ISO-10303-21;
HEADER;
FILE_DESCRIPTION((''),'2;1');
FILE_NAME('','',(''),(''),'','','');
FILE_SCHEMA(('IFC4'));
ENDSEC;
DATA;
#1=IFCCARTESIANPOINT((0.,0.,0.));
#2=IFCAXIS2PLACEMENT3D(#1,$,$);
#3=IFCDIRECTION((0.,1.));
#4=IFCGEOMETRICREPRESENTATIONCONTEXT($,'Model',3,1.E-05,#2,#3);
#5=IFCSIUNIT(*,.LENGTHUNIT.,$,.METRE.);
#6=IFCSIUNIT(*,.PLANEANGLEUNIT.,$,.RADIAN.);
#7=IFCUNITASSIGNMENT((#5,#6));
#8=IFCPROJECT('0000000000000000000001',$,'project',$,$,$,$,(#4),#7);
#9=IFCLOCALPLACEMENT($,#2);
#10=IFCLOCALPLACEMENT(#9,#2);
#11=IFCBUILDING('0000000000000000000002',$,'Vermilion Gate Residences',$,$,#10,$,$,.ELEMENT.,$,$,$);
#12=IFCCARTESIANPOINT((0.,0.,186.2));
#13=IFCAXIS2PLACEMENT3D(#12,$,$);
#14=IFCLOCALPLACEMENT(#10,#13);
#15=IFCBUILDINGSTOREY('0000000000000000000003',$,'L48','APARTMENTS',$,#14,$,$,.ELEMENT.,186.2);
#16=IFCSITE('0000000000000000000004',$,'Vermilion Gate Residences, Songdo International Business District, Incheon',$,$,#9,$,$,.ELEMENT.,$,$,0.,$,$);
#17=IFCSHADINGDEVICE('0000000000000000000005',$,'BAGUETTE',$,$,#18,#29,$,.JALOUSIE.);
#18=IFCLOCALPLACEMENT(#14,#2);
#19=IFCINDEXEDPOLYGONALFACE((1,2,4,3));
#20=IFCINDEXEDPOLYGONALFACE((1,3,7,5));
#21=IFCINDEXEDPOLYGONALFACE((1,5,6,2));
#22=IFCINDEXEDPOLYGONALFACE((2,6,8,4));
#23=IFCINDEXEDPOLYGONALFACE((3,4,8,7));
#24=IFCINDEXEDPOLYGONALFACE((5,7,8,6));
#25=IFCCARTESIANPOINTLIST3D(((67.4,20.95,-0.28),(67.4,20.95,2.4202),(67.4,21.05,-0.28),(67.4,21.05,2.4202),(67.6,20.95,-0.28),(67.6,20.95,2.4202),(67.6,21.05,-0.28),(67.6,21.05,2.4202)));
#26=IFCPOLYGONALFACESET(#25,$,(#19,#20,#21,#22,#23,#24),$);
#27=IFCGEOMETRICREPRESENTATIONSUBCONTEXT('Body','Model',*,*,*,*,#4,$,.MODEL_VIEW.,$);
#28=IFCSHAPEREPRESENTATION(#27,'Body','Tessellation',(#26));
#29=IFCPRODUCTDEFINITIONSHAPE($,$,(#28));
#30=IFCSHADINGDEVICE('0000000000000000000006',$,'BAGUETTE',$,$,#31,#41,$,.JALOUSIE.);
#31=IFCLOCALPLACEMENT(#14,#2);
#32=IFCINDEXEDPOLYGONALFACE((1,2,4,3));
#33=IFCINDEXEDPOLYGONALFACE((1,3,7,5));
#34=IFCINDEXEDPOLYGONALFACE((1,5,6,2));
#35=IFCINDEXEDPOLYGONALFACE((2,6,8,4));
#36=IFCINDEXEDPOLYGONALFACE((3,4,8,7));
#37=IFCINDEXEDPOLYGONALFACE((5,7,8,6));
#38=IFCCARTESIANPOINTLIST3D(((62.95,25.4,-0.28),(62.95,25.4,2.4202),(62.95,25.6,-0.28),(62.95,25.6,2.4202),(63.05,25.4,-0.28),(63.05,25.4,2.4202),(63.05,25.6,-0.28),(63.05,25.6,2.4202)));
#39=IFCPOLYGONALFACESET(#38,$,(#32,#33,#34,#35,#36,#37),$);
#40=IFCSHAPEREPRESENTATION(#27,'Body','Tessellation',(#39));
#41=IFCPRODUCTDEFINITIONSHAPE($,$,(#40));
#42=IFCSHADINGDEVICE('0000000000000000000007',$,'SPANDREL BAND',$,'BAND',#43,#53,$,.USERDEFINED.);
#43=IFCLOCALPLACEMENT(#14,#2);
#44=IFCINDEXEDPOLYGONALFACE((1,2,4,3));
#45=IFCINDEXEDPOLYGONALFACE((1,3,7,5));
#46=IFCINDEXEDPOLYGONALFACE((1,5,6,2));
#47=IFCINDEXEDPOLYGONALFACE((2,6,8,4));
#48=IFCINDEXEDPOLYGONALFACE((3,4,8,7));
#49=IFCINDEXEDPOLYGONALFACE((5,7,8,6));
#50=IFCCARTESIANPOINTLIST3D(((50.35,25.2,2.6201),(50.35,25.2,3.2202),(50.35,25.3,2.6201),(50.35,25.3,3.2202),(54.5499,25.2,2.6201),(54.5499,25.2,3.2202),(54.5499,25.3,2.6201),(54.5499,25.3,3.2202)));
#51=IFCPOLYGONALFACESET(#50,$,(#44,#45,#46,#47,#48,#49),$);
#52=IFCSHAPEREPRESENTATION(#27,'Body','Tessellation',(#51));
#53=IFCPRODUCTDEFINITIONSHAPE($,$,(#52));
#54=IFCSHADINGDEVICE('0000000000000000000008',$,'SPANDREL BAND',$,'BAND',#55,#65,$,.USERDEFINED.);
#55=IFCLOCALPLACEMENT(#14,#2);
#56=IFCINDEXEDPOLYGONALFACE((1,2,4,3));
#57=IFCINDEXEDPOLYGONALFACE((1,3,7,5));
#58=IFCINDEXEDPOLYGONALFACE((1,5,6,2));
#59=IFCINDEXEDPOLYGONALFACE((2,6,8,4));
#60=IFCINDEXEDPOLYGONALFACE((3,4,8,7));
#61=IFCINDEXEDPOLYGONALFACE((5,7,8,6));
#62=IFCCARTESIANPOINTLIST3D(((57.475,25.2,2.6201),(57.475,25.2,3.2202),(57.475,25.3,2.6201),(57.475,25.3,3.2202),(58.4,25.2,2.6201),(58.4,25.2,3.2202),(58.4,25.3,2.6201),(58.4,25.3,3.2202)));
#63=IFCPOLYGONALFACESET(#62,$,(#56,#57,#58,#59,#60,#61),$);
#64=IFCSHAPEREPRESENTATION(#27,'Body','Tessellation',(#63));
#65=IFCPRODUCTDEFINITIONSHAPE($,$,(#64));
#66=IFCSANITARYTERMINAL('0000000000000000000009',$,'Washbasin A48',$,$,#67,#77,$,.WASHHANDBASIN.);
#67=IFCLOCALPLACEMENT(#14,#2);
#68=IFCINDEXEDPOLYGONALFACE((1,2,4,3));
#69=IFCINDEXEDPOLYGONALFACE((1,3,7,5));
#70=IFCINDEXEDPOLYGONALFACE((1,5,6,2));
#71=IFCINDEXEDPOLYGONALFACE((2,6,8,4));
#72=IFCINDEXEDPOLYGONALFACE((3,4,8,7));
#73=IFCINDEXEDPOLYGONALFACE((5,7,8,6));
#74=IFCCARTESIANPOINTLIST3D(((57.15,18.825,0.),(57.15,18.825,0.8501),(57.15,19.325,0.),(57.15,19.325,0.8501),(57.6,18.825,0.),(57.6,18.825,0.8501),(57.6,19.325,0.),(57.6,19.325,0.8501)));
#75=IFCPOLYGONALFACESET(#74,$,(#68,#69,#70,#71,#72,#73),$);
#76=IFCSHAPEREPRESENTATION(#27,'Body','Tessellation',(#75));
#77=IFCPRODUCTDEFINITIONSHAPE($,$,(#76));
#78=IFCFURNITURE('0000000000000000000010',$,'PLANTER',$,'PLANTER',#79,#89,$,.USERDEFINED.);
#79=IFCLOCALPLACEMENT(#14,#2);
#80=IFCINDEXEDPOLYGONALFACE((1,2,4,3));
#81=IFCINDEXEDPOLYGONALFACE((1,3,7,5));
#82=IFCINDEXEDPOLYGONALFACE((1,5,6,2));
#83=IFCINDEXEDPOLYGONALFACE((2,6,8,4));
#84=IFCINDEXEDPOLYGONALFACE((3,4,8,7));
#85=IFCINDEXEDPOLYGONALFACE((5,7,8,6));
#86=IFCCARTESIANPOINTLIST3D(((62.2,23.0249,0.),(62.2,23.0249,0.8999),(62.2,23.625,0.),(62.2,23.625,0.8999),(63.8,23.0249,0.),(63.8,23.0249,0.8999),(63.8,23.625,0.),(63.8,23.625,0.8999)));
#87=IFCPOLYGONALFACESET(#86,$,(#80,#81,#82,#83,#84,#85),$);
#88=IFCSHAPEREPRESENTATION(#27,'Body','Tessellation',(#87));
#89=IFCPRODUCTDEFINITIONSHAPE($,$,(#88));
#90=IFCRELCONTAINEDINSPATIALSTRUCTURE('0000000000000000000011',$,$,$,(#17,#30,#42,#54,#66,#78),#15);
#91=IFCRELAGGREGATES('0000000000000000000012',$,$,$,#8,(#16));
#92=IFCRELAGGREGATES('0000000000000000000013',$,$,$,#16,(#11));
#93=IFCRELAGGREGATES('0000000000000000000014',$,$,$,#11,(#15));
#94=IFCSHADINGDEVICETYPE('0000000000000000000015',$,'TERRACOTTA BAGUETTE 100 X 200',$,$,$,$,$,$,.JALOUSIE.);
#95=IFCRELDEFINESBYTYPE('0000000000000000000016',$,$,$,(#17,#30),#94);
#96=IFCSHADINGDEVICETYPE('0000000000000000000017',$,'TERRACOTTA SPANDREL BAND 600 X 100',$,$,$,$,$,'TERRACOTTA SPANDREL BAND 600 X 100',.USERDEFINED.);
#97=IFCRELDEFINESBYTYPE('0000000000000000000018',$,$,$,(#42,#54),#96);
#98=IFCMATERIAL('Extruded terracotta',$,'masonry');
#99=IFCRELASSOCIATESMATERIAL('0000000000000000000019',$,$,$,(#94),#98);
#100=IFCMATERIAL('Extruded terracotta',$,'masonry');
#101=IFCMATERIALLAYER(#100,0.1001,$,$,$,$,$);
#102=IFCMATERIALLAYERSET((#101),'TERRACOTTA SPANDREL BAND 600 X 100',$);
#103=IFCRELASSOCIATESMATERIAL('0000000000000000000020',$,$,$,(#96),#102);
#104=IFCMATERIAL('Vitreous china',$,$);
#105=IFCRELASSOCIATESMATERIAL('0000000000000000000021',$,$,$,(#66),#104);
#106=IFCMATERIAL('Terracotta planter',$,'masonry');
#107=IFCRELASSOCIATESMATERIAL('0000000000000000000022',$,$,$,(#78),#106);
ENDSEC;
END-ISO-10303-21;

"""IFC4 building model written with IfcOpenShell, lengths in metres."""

from ifc_helpers import new_model, si_unit, direction, frame, origin, origin_2d, place, context, subcontext, project, spatial, rectangle, extrude, material, layer, layer_set, material_profile, profile_set, type_object, element, save


model = new_model("IFC4")

# Units and contexts
model_context = context("Model", 3, precision=1e-05, world=origin(), true_north=direction((0.0, 1.0)))
body_context = subcontext(model_context, "Body", "Model", "MODEL_VIEW")
ifc_project = project(units=[si_unit("LENGTHUNIT", "METRE"), si_unit("PLANEANGLEUNIT", "RADIAN")], contexts=[model_context])

# Site, building, storey
site_placement = place(None, origin())
site = spatial("IfcSite", under=ifc_project, at=site_placement, Name="Vermilion Gate Residences, Songdo International Business District, Incheon", CompositionType="ELEMENT", RefElevation=0.0)
building_placement = place(site_placement, origin())
building = spatial("IfcBuilding", under=site, at=building_placement, Name="Vermilion Gate Residences", CompositionType="ELEMENT")
storey_placement = place(building_placement, frame((0.0, 0.0, 186.2)))
storey = spatial("IfcBuildingStorey", under=building, at=storey_placement, Name="L48", Description="APARTMENTS", CompositionType="ELEMENT", Elevation=186.2)

# Shading devices
ifc_material_1 = material(Name="Extruded terracotta", Category="masonry")
ifc_material_profile_1 = material_profile(ifc_material_1, rectangle(XDim=0.2, YDim=0.1001, at=origin_2d()), Name="BAGUETTE 100 X 200")
ifc_profile_set_1 = profile_set([ifc_material_profile_1], Name="Extruded terracotta")
shading_device_type_1 = type_object("IfcShadingDeviceType", Name="TERRACOTTA BAGUETTE 100 X 200", PredefinedType="JALOUSIE", material=ifc_profile_set_1)
for number, where, z_axis, x_axis, name in (
    (1, (67.5, 21.0, -0.28), (0.0, 0.0, 1.0), (-1.0, 0.0, 0.0), "BAGUETTE"),
    (2, (63.0, 25.5, -0.28), (0.0, 0.0, 1.0), (0.0, -1.0, 0.0), "BAGUETTE"),
):
    element("IfcShadingDevice", number, at=place(storey_placement, frame(where, z_axis=z_axis, x_axis=x_axis)), inside=storey, type_object=shading_device_type_1, Name=name, PredefinedType="JALOUSIE", context=body_context, shape_type="SweptSolid", body=[
        extrude(rectangle(XDim=0.2, YDim=0.1001, at=origin_2d()), origin(), (0.0, 0.0, 1.0), 2.7002),
    ])
ifc_material_2 = material(Name="Extruded terracotta", Category="masonry")
ifc_layer_1 = layer(ifc_material_2, 0.1001)
ifc_layer_set_1 = layer_set([ifc_layer_1], Name="TERRACOTTA SPANDREL BAND 600 X 100")
shading_device_type_2 = type_object("IfcShadingDeviceType", Name="TERRACOTTA SPANDREL BAND 600 X 100", ElementType="TERRACOTTA SPANDREL BAND 600 X 100", PredefinedType="USERDEFINED", material=ifc_layer_set_1)
shading_device_1_placement = place(storey_placement, frame((52.45, 25.25, 2.6201), z_axis=(0.0, 0.0, 1.0), x_axis=(1.0, 0.0, 0.0)))
element("IfcShadingDevice", 3, at=shading_device_1_placement, inside=storey, type_object=shading_device_type_2, Name="SPANDREL BAND", ObjectType="BAND", PredefinedType="USERDEFINED", context=body_context, shape_type="SweptSolid", body=[
    extrude(rectangle(XDim=4.2, YDim=0.1001, at=origin_2d()), origin(), (0.0, 0.0, 1.0), 0.6001),
])
shading_device_2_placement = place(storey_placement, frame((57.9375, 25.25, 2.6201), z_axis=(0.0, 0.0, 1.0), x_axis=(1.0, 0.0, 0.0)))
element("IfcShadingDevice", 4, at=shading_device_2_placement, inside=storey, type_object=shading_device_type_2, Name="SPANDREL BAND", ObjectType="BAND", PredefinedType="USERDEFINED", context=body_context, shape_type="SweptSolid", body=[
    extrude(rectangle(XDim=0.925, YDim=0.1001, at=origin_2d()), origin(), (0.0, 0.0, 1.0), 0.6001),
])

# Sanitary terminal
ifc_material_3 = material(Name="Vitreous china")
sanitary_terminal_placement = place(storey_placement, frame((57.375, 19.075, 0.0), z_axis=(0.0, 0.0, 1.0), x_axis=(1.0, 0.0, 0.0)))
element("IfcSanitaryTerminal", 5, at=sanitary_terminal_placement, inside=storey, material=ifc_material_3, Name="Washbasin A48", PredefinedType="WASHHANDBASIN", context=body_context, shape_type="SweptSolid", body=[
    extrude(rectangle(XDim=0.45, YDim=0.5, at=origin_2d()), origin(), (0.0, 0.0, 1.0), 0.8501),
])

# Furniture
ifc_material_4 = material(Name="Terracotta planter", Category="masonry")
furniture_placement = place(storey_placement, frame((63.0, 23.325, 0.0), z_axis=(0.0, 0.0, 1.0), x_axis=(-1.0, 0.0, 0.0)))
element("IfcFurniture", 6, at=furniture_placement, inside=storey, material=ifc_material_4, Name="PLANTER", ObjectType="PLANTER", PredefinedType="USERDEFINED", context=body_context, shape_type="SweptSolid", body=[
    extrude(rectangle(XDim=1.6001, YDim=0.6001, at=origin_2d()), origin(), (0.0, 0.0, 1.0), 0.8999),
])

save(model, "model.ifc")
